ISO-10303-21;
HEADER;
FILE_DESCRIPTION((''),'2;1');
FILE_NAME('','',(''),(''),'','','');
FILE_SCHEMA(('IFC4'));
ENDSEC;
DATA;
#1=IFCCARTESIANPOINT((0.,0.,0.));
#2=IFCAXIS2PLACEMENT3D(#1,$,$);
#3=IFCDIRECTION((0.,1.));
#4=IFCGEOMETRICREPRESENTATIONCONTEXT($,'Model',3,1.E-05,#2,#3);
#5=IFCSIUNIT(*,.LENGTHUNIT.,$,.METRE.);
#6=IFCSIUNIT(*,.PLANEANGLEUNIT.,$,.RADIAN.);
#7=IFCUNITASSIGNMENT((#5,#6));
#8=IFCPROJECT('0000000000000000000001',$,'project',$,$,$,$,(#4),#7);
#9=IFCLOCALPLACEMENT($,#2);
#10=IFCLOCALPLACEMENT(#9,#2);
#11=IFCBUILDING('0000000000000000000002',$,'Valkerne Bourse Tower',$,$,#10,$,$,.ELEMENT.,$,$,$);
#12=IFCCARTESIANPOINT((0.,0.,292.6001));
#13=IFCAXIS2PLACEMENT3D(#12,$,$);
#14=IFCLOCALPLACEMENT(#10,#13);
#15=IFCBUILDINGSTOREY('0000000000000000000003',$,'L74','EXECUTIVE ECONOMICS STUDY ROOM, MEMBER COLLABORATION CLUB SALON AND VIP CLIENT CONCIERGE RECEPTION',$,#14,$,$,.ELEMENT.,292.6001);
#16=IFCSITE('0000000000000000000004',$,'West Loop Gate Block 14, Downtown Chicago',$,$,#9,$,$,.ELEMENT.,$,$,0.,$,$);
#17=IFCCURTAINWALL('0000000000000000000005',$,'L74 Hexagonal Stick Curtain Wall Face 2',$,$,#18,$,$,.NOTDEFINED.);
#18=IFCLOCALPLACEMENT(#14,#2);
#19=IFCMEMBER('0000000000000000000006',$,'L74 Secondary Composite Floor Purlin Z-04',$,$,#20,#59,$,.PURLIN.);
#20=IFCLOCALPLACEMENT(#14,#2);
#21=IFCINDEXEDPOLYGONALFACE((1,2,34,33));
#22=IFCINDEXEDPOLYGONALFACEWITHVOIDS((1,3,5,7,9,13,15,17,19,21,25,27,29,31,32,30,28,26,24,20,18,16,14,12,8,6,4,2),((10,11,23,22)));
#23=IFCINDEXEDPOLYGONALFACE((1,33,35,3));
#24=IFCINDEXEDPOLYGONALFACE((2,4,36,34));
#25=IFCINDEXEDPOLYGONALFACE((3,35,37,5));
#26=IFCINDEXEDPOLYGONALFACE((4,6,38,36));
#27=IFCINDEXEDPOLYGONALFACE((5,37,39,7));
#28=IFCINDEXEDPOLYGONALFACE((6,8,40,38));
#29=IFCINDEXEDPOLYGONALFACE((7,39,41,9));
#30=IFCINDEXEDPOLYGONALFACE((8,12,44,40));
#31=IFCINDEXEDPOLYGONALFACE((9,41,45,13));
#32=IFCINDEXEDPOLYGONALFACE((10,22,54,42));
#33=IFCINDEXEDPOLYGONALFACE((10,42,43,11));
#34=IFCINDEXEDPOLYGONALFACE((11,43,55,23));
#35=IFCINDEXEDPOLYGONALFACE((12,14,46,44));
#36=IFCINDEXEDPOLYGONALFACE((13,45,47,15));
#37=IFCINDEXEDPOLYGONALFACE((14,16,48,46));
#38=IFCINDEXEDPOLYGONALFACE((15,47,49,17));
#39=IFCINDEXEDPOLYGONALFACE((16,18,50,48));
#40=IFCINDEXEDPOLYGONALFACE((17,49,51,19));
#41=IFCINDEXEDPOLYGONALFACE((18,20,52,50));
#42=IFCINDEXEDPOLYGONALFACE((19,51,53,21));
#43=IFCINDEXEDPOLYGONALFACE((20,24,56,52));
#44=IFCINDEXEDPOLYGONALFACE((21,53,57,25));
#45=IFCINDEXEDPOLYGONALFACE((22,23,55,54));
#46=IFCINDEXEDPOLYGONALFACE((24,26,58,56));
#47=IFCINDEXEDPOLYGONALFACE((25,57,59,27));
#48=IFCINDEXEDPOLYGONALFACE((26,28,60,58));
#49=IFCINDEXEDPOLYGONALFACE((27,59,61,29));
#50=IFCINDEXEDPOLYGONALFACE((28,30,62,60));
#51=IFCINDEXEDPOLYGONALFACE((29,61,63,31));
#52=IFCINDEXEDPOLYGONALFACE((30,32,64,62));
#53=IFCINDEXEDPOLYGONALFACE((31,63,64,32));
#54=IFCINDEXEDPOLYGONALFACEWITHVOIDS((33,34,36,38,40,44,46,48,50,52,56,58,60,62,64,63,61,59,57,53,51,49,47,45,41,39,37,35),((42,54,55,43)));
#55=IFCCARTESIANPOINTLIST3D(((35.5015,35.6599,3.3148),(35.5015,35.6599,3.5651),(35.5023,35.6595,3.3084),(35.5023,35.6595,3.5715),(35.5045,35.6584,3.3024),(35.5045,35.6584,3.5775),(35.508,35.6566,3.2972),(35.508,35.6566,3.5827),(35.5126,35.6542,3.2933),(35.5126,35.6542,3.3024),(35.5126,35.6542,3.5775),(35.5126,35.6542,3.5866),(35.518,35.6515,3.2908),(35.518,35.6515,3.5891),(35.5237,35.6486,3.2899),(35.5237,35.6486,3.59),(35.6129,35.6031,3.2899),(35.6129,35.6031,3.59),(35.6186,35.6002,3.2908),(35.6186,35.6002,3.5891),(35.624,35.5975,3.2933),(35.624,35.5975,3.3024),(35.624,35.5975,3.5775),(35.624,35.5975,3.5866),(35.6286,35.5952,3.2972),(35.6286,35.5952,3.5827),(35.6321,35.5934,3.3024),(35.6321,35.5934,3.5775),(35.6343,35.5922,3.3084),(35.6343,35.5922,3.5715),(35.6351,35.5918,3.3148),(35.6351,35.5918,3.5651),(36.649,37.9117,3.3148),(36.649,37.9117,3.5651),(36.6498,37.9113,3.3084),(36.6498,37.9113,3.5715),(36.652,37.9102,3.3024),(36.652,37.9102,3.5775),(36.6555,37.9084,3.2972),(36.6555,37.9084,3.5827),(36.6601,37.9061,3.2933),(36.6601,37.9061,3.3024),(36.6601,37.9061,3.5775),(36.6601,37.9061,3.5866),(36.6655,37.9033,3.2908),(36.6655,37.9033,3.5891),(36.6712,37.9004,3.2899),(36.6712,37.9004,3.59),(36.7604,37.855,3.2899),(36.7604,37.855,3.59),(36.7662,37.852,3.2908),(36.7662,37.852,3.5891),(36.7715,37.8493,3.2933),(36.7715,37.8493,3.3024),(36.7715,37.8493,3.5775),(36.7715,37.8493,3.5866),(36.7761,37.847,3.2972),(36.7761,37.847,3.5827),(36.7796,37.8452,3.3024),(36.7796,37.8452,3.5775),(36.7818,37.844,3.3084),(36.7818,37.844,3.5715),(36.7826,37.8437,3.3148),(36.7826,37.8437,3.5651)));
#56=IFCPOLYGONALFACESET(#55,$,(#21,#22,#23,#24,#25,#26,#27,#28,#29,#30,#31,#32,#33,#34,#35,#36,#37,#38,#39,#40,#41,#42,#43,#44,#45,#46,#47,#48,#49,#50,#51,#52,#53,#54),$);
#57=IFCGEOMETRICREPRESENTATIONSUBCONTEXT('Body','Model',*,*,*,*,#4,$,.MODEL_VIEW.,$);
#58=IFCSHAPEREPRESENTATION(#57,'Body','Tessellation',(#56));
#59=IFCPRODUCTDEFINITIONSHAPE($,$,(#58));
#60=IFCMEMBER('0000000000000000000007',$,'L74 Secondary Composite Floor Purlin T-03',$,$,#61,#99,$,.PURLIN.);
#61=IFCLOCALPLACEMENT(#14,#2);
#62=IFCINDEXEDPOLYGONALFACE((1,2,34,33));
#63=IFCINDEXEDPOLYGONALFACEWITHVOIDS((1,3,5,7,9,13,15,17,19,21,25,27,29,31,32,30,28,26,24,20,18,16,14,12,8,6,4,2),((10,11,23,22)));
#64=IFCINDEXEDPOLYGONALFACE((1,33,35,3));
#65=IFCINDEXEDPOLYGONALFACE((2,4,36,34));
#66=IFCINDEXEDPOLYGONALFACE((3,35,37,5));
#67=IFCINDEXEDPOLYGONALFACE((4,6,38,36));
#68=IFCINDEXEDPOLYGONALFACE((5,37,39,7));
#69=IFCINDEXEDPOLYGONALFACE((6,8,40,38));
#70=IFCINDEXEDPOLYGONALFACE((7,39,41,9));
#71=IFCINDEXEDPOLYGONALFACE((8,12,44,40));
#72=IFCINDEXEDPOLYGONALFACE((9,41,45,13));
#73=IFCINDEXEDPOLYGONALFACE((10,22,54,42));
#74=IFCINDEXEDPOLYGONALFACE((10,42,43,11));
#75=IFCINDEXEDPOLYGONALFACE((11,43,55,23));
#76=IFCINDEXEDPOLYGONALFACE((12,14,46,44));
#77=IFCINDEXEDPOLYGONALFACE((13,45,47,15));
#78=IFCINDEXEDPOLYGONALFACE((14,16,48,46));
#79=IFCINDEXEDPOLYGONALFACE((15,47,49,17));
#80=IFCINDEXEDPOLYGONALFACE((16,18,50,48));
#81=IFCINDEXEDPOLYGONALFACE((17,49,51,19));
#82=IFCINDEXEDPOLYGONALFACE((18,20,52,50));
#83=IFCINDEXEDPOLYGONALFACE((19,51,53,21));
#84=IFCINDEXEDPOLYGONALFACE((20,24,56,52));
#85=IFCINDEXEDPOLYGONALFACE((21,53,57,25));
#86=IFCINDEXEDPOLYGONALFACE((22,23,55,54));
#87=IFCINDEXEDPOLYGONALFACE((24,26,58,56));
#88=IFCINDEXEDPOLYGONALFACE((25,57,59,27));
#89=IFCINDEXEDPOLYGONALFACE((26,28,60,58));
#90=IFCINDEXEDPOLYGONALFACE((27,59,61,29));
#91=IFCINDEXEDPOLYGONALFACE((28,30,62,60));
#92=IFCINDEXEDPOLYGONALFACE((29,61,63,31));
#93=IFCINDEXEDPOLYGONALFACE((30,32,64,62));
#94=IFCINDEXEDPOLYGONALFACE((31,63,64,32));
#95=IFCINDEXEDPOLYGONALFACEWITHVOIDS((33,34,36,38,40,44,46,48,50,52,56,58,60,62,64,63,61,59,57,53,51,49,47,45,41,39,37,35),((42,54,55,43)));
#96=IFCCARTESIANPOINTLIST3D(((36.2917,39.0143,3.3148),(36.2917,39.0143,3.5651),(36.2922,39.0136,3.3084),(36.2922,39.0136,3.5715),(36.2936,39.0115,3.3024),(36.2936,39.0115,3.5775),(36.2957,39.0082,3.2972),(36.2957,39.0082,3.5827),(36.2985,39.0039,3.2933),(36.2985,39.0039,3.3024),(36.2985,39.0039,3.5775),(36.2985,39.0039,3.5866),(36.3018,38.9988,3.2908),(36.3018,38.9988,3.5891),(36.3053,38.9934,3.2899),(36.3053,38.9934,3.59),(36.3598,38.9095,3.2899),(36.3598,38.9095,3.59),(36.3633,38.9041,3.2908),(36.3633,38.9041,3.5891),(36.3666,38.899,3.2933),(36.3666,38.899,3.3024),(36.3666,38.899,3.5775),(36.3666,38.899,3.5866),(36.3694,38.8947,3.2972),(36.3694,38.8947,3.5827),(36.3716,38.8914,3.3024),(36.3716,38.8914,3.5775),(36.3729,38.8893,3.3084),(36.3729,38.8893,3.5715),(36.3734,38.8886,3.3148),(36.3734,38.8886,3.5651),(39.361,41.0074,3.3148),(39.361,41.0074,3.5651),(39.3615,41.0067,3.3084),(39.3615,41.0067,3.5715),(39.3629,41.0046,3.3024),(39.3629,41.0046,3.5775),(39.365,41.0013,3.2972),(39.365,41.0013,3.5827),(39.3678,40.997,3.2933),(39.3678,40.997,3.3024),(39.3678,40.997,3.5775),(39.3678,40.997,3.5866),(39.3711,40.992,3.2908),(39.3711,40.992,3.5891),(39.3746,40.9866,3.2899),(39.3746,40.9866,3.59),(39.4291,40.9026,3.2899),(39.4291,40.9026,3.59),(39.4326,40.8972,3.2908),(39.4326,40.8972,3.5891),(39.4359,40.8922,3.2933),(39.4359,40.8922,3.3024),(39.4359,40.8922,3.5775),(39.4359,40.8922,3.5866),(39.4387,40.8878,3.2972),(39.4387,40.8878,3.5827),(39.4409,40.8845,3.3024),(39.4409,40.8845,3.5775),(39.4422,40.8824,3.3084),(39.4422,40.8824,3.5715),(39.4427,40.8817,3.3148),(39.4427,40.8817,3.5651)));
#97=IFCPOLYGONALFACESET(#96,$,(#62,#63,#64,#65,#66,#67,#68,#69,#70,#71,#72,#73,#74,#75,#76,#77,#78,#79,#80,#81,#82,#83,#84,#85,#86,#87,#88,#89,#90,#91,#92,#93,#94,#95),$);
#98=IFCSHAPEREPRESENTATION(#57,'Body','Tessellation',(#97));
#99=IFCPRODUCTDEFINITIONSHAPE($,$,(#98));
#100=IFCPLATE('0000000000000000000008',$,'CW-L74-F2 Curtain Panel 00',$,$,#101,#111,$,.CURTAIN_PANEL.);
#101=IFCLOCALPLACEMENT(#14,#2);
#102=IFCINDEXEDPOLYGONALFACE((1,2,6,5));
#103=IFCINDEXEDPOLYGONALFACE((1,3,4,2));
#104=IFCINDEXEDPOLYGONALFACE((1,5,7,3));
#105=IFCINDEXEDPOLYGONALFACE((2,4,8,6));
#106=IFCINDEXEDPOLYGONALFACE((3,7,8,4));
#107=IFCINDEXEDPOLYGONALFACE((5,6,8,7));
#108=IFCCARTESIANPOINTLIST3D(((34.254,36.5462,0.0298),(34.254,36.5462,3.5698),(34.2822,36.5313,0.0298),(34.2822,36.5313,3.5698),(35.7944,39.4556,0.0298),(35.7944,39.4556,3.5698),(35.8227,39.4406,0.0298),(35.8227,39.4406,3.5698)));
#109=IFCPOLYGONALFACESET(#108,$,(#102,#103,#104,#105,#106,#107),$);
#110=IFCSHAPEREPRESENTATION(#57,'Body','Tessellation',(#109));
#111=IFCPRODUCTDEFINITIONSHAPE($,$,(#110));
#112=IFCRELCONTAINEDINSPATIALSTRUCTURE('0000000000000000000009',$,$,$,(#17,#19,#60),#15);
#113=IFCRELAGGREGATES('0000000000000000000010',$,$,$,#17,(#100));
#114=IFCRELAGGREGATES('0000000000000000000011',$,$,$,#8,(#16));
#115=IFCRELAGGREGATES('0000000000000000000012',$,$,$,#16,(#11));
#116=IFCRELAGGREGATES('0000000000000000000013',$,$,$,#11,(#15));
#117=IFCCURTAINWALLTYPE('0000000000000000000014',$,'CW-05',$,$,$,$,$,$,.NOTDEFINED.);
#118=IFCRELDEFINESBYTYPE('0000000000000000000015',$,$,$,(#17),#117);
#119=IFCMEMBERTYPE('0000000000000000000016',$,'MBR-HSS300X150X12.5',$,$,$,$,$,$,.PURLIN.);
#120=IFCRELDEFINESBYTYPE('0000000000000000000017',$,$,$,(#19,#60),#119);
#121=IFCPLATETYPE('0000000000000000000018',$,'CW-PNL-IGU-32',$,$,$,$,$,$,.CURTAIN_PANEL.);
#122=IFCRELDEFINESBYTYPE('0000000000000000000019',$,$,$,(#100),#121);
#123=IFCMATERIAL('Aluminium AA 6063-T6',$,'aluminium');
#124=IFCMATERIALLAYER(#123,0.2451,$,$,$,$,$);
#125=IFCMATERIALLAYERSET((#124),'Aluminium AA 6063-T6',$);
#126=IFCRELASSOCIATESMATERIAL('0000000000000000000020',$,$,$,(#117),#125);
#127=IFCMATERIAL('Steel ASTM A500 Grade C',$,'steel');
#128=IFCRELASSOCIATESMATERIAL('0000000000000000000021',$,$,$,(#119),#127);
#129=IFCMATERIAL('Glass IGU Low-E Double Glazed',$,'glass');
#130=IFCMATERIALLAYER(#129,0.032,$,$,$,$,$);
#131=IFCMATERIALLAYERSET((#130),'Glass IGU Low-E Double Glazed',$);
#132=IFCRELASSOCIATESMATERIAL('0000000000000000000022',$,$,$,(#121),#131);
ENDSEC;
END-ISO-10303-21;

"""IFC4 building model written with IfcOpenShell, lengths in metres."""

from ifc_helpers import new_model, si_unit, direction, frame, origin, origin_2d, place, context, subcontext, project, spatial, rectangle, hollow_rectangle, extrude, material, layer, layer_set, material_profile, profile_set, type_object, element, aggregate, save


model = new_model("IFC4")

# Units and contexts
model_context = context("Model", 3, precision=1e-05, world=origin(), true_north=direction((0.0, 1.0)))
body_context = subcontext(model_context, "Body", "Model", "MODEL_VIEW")
ifc_project = project(units=[si_unit("LENGTHUNIT", "METRE"), si_unit("PLANEANGLEUNIT", "RADIAN")], contexts=[model_context])

# Site, building, storey
site_placement = place(None, origin())
site = spatial("IfcSite", under=ifc_project, at=site_placement, Name="West Loop Gate Block 14, Downtown Chicago", CompositionType="ELEMENT", RefElevation=0.0)
building_placement = place(site_placement, origin())
building = spatial("IfcBuilding", under=site, at=building_placement, Name="Valkerne Bourse Tower", CompositionType="ELEMENT")
storey_placement = place(building_placement, frame((0.0, 0.0, 292.6001)))
storey = spatial("IfcBuildingStorey", under=building, at=storey_placement, Name="L74", Description="EXECUTIVE ECONOMICS STUDY ROOM, MEMBER COLLABORATION CLUB SALON AND VIP CLIENT CONCIERGE RECEPTION", CompositionType="ELEMENT", Elevation=292.6001)

# Shared definitions
ifc_material_1 = material(Name="Aluminium AA 6063-T6", Category="aluminium")
ifc_layer_1 = layer(ifc_material_1, 0.2451)
ifc_layer_set_1 = layer_set([ifc_layer_1], Name="Aluminium AA 6063-T6")
curtain_wall_type = type_object("IfcCurtainWallType", Name="CW-05", PredefinedType="NOTDEFINED", material=ifc_layer_set_1)

# Curtain wall
curtain_wall_1_placement = place(storey_placement, origin())
curtain_wall_1 = element("IfcCurtainWall", 1, at=curtain_wall_1_placement, inside=storey, type_object=curtain_wall_type, Name="L74 Hexagonal Stick Curtain Wall Face 2", PredefinedType="NOTDEFINED")

# Members
ifc_material_2 = material(Name="Steel ASTM A500 Grade C", Category="steel")
ifc_material_profile_1 = material_profile(ifc_material_2, hollow_rectangle(XDim=0.1499, YDim=0.3, WallThickness=0.0125, OuterFilletRadius=0.0249, at=origin_2d()), Name="HSS300X150X12.5")
ifc_profile_set_1 = profile_set([ifc_material_profile_1], Name="Steel ASTM A500 Grade C")
member_type_1 = type_object("IfcMemberType", Name="MBR-HSS300X150X12.5", PredefinedType="PURLIN", material=ifc_profile_set_1)
member_1_placement = place(storey_placement, frame((36.7158, 37.8777, 3.4399), z_axis=(-0.45404, -0.890981, 0.0), x_axis=(0.890981, -0.45404, 0.0)))
element("IfcMember", 2, at=member_1_placement, inside=storey, type_object=member_type_1, Name="L74 Secondary Composite Floor Purlin Z-04", PredefinedType="PURLIN", context=body_context, shape_type="SweptSolid", body=[
    extrude(hollow_rectangle(XDim=0.1499, YDim=0.3, WallThickness=0.0125, OuterFilletRadius=0.0249, at=origin_2d()), origin(), (0.0, 0.0, 1.0), 2.5273),
])
member_2_placement = place(storey_placement, frame((39.4019, 40.9446, 3.4399), z_axis=(-0.838681, -0.544623, 0.0), x_axis=(0.544623, -0.838681, 0.0)))
element("IfcMember", 3, at=member_2_placement, inside=storey, type_object=member_type_1, Name="L74 Secondary Composite Floor Purlin T-03", PredefinedType="PURLIN", context=body_context, shape_type="SweptSolid", body=[
    extrude(hollow_rectangle(XDim=0.1499, YDim=0.3, WallThickness=0.0125, OuterFilletRadius=0.0249, at=origin_2d()), origin(), (0.0, 0.0, 1.0), 3.6597),
])

# Plate
ifc_material_3 = material(Name="Glass IGU Low-E Double Glazed", Category="glass")
ifc_layer_2 = layer(ifc_material_3, 0.032)
ifc_layer_set_2 = layer_set([ifc_layer_2], Name="Glass IGU Low-E Double Glazed")
plate_type = type_object("IfcPlateType", Name="CW-PNL-IGU-32", PredefinedType="CURTAIN_PANEL", material=ifc_layer_set_2)
plate_placement = place(storey_placement, frame((35.0383, 37.9934, 0.0298), z_axis=(0.0, 0.0, 1.0), x_axis=(-0.467947, -0.883757, 0.0)))
plate = element("IfcPlate", 4, at=plate_placement, type_object=plate_type, Name="CW-L74-F2 Curtain Panel 00", PredefinedType="CURTAIN_PANEL", context=body_context, shape_type="SweptSolid", body=[
    extrude(rectangle(XDim=3.292, YDim=0.032, at=origin_2d()), origin(), (0.0, 0.0, 1.0), 3.54),
])
aggregate(curtain_wall_1, [plate])

save(model, "model.ifc")
